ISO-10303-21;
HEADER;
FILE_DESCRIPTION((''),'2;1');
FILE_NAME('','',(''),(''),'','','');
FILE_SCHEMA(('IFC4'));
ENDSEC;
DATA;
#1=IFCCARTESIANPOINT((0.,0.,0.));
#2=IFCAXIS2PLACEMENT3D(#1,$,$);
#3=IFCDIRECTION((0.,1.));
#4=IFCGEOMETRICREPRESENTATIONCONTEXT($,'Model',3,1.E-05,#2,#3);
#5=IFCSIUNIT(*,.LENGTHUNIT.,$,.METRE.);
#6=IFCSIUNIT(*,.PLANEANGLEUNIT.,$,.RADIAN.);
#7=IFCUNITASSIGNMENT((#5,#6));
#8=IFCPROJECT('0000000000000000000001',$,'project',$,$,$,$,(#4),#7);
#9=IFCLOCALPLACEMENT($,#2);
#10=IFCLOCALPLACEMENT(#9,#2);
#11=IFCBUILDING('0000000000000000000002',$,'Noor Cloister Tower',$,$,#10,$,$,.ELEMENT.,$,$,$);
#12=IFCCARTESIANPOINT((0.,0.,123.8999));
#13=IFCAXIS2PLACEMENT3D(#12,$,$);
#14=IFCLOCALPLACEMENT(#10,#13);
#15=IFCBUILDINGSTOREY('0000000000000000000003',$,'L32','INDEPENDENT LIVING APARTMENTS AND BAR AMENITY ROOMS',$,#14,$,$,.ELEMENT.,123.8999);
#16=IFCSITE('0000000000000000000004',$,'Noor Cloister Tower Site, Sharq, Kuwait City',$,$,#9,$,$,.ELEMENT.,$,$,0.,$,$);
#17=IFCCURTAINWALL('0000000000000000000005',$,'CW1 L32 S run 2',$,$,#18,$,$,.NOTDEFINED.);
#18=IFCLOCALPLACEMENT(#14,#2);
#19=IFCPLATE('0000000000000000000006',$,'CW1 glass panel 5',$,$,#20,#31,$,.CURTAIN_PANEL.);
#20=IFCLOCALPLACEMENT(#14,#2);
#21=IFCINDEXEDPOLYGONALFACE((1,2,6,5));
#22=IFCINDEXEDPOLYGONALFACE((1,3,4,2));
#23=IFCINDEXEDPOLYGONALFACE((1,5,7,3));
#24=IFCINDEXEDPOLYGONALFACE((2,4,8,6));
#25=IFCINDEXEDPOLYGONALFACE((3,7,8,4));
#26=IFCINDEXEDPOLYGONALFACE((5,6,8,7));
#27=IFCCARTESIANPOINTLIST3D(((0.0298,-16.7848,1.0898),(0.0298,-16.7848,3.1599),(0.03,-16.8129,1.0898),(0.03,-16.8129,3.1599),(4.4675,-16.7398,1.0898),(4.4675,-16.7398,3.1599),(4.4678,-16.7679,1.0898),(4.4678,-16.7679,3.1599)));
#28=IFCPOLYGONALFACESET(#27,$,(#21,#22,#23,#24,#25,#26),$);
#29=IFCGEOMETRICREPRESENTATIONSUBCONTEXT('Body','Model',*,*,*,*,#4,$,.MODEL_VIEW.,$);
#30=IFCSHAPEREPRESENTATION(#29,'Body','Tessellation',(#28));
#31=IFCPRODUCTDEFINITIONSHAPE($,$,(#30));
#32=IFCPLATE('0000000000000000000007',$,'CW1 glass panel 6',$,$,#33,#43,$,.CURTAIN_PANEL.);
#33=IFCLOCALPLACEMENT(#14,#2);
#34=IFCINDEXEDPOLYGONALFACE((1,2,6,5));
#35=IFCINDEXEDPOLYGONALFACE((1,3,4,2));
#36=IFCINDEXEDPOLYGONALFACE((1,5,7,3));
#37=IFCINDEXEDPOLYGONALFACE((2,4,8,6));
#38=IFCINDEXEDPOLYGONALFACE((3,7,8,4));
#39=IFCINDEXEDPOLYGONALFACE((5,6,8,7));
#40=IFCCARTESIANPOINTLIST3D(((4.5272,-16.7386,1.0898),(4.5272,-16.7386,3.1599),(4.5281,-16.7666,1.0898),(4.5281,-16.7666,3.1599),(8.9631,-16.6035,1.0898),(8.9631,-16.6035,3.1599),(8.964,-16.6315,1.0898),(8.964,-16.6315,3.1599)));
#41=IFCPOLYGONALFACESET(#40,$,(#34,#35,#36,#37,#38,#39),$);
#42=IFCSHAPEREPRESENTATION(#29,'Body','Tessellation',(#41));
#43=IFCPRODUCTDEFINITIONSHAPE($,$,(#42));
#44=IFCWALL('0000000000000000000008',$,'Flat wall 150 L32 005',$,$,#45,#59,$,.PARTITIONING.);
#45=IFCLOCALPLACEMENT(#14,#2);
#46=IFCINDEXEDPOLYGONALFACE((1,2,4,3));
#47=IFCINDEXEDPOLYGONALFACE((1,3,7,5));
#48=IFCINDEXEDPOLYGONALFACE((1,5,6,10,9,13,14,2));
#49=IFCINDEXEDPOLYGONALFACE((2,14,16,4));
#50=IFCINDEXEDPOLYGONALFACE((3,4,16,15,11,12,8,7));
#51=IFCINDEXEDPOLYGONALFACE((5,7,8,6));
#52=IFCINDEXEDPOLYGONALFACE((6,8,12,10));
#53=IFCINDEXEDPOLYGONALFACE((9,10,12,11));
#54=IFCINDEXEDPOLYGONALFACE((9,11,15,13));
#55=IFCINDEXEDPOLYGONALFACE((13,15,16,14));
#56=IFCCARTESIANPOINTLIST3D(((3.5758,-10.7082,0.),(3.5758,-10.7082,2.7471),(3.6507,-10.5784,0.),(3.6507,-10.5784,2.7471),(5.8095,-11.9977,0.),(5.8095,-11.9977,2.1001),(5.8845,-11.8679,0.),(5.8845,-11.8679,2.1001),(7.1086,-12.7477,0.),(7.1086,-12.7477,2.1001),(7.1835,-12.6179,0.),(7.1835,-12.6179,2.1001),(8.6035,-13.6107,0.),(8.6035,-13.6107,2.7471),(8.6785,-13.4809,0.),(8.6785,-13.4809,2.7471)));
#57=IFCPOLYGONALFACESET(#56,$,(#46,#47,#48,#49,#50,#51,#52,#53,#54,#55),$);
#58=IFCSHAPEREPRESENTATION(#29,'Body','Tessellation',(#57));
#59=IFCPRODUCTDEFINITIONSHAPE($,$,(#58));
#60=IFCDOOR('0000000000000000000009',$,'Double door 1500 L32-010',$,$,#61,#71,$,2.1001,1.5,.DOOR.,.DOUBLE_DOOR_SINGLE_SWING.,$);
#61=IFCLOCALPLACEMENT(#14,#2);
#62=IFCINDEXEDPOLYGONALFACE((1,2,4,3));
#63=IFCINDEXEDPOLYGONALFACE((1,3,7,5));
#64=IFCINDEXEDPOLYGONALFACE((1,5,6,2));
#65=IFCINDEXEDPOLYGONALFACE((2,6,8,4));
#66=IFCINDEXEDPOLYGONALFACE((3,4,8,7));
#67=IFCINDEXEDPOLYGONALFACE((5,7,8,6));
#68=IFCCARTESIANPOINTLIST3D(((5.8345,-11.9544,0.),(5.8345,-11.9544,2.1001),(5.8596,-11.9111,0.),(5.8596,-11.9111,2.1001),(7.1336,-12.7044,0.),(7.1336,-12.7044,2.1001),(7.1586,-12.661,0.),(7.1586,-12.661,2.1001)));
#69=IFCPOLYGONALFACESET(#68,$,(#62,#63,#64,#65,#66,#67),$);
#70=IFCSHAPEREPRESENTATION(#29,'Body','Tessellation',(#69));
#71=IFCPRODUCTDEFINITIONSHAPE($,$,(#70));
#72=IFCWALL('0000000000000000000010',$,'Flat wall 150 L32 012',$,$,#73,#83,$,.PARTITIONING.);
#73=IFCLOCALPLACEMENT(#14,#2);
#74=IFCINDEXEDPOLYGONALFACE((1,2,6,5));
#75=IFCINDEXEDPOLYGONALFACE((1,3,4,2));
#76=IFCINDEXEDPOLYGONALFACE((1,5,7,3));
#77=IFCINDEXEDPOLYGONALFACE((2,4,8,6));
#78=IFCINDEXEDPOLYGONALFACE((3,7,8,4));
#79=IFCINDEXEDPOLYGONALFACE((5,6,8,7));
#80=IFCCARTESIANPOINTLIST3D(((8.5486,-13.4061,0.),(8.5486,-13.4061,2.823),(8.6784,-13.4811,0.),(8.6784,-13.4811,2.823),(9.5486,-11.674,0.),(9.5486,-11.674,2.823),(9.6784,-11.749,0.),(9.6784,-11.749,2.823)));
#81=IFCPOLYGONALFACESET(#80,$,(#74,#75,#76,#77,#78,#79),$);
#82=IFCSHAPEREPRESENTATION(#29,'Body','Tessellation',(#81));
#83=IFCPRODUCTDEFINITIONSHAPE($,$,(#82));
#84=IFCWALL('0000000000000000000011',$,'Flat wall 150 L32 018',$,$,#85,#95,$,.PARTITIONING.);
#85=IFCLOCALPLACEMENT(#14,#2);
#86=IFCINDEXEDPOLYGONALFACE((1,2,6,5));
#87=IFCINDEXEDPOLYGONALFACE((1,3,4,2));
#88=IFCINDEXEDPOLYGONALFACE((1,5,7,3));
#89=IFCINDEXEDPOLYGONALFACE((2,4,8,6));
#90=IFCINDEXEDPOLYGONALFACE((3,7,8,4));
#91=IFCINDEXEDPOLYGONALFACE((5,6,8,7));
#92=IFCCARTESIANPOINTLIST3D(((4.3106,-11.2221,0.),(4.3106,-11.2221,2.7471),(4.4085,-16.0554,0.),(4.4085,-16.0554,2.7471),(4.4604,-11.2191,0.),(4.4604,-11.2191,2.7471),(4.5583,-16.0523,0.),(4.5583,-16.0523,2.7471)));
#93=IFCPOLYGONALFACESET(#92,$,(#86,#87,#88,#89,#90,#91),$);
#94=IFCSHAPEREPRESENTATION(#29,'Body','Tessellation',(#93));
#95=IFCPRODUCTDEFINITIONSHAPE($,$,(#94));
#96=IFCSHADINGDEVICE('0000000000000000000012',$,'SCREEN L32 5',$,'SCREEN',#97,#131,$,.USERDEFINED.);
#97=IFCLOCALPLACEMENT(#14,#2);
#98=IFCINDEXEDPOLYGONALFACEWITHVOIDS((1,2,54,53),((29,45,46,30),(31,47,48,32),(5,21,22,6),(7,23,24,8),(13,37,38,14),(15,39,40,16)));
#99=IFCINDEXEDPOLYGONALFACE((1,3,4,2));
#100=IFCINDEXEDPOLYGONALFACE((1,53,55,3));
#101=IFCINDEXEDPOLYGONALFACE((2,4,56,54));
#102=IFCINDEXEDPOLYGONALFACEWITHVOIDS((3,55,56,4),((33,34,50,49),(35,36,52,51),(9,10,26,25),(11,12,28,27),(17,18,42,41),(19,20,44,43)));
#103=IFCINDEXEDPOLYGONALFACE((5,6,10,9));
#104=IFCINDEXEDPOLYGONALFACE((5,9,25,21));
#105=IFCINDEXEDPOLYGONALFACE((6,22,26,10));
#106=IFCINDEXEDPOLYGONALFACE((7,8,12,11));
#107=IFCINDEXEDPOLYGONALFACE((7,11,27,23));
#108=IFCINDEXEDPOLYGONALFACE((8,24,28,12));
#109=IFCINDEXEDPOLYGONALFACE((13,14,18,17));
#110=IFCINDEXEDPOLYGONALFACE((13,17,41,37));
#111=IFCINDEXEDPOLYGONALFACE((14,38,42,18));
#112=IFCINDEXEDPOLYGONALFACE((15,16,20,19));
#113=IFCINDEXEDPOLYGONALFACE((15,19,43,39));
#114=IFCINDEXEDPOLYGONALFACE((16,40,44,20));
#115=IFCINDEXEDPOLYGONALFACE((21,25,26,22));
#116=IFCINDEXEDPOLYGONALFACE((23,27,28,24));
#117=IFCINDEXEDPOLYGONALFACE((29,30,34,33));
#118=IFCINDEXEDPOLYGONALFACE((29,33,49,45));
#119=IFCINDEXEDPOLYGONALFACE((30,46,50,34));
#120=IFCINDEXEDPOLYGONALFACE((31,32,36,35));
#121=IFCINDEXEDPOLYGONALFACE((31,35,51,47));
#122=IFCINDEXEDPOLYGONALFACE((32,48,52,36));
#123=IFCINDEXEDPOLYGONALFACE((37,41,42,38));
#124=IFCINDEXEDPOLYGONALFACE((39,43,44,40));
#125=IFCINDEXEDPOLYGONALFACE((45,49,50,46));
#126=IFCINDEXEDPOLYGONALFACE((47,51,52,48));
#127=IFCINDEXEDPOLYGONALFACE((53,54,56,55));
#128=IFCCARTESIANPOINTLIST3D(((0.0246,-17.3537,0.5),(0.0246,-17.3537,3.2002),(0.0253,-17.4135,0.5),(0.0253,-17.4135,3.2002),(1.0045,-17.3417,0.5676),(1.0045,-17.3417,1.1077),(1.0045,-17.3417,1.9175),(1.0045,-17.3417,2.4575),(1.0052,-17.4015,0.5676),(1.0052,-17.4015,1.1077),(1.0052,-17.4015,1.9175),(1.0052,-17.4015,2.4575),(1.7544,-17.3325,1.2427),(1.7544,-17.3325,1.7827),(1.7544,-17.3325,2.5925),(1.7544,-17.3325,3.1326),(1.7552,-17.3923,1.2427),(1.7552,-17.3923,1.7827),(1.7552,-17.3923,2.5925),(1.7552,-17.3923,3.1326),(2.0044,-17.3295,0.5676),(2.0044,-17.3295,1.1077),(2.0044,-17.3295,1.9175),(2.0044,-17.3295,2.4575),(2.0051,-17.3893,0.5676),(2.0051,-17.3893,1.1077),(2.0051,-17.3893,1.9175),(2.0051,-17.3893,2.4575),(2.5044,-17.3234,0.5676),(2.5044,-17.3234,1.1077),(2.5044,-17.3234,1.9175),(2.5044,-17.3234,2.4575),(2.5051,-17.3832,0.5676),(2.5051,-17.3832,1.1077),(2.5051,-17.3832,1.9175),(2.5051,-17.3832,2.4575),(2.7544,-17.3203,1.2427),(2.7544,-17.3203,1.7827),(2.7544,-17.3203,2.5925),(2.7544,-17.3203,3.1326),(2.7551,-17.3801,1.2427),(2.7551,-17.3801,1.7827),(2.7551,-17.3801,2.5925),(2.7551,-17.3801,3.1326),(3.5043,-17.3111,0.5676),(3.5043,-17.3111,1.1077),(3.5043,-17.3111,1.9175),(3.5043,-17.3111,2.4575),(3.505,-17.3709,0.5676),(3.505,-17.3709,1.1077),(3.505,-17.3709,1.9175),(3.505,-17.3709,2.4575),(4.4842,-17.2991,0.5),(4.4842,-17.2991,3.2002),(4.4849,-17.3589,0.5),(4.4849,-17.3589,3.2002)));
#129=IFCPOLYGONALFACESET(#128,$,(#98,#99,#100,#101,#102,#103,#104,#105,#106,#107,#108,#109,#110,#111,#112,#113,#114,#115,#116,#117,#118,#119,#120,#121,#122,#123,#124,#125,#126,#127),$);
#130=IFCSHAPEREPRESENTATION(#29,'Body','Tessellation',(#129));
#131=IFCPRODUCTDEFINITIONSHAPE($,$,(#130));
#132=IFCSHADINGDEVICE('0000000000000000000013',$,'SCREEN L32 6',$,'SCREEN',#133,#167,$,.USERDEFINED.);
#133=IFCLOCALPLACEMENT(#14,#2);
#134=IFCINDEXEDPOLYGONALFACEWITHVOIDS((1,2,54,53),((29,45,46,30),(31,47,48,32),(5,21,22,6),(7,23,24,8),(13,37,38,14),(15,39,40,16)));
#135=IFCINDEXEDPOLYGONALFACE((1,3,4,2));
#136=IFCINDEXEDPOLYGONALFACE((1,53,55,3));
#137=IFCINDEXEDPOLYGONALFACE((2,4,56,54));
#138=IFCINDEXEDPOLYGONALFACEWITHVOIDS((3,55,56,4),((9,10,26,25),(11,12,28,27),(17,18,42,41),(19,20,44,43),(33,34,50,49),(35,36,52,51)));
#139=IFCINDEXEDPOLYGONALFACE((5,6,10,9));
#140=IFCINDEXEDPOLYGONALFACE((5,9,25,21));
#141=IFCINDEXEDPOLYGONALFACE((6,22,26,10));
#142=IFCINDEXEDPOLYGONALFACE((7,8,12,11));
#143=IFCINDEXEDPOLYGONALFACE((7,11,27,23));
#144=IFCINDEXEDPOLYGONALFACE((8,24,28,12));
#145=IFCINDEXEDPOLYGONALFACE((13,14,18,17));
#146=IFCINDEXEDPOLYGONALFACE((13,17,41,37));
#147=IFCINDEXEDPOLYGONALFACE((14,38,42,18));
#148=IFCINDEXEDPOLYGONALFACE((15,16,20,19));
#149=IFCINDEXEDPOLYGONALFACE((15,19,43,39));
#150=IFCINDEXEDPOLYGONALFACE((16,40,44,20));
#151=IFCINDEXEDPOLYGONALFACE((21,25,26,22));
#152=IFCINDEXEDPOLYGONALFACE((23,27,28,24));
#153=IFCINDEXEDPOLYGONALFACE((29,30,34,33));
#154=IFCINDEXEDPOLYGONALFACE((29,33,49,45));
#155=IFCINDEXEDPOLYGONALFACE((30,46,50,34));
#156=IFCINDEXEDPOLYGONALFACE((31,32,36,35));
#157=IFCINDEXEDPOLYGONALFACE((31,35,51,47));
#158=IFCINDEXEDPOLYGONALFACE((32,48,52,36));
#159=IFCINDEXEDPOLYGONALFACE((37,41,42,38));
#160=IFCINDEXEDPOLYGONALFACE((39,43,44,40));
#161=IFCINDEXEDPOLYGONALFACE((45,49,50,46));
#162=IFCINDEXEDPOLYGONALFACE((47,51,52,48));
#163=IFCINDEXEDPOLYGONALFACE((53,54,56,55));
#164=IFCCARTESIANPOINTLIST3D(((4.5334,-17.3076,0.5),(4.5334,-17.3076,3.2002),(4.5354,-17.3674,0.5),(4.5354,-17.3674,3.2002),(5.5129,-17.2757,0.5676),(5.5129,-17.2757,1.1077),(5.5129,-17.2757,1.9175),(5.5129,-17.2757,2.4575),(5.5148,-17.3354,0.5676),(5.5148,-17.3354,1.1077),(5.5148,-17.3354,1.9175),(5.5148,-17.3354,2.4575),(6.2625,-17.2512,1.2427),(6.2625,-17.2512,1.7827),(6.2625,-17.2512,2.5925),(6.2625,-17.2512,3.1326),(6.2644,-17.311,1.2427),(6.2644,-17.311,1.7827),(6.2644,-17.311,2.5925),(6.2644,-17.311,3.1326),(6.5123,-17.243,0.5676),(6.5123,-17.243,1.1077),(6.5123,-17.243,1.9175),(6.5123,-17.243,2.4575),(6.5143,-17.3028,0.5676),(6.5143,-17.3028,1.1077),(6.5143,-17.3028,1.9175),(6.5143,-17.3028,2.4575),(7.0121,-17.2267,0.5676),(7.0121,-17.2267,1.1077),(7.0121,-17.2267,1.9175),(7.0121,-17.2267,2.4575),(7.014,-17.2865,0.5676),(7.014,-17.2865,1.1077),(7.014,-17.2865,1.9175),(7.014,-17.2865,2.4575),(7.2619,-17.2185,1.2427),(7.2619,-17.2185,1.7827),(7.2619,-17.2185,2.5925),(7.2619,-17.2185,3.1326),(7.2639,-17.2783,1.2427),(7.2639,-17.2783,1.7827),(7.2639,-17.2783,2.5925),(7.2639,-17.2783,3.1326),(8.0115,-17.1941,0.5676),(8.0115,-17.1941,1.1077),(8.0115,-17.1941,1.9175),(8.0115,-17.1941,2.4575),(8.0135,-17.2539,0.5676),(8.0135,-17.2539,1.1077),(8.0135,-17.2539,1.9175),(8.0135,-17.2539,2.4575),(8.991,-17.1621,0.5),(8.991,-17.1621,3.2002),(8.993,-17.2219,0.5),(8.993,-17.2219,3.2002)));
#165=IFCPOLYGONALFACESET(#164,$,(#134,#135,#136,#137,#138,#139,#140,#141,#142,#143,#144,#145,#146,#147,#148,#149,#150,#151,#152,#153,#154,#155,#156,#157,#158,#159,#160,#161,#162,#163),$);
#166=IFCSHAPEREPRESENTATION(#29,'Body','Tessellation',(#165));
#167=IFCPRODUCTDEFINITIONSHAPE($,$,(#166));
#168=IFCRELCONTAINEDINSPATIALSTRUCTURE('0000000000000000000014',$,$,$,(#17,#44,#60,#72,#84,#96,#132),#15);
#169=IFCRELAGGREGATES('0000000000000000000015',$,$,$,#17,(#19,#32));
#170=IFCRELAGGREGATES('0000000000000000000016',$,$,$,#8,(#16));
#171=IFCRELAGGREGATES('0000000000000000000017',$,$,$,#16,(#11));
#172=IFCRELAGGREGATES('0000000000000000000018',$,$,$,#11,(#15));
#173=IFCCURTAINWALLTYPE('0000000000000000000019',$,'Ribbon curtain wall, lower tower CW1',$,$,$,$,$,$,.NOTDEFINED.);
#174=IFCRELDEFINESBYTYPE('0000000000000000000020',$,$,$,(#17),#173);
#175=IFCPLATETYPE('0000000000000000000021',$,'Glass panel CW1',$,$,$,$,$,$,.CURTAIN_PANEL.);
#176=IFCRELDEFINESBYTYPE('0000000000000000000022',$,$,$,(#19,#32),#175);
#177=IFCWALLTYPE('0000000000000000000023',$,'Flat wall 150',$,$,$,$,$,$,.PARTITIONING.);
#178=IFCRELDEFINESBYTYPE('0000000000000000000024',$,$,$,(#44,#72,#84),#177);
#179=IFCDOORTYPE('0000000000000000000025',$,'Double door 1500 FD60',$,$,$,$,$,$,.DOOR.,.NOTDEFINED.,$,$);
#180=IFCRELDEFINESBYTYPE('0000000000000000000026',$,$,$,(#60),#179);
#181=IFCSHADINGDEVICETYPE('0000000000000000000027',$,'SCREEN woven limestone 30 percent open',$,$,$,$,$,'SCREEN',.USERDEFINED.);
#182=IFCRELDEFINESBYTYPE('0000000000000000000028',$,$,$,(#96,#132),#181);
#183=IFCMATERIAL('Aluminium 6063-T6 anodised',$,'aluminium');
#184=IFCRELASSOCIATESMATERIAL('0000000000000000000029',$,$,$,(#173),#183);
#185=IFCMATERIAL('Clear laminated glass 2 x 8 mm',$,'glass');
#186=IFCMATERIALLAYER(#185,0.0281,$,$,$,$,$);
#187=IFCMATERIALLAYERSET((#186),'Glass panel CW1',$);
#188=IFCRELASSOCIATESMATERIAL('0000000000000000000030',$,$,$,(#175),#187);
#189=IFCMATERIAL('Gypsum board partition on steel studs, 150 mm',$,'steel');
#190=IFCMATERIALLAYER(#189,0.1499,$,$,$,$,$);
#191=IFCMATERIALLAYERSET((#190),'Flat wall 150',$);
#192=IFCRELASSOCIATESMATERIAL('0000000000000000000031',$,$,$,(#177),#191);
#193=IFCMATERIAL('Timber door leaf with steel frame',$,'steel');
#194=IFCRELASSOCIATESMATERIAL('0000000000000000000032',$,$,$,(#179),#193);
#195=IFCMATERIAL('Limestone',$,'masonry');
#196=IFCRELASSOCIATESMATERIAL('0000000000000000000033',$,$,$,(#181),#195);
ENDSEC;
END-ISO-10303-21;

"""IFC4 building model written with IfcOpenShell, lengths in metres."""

from ifc_helpers import new_model, si_unit, direction, frame, frame_2d, origin, origin_2d, place, context, subcontext, project, spatial, polyline, rectangle, outline, extrude, material, layer, layer_set, material_profile, profile_set, type_object, element, fill, aggregate, save


model = new_model("IFC4")

# Units and contexts
model_context = context("Model", 3, precision=1e-05, world=origin(), true_north=direction((0.0, 1.0)))
body_context = subcontext(model_context, "Body", "Model", "MODEL_VIEW")
ifc_project = project(units=[si_unit("LENGTHUNIT", "METRE"), si_unit("PLANEANGLEUNIT", "RADIAN")], contexts=[model_context])

# Site, building, storey
site_placement = place(None, origin())
site = spatial("IfcSite", under=ifc_project, at=site_placement, Name="Noor Cloister Tower Site, Sharq, Kuwait City", CompositionType="ELEMENT", RefElevation=0.0)
building_placement = place(site_placement, origin())
building = spatial("IfcBuilding", under=site, at=building_placement, Name="Noor Cloister Tower", CompositionType="ELEMENT")
storey_placement = place(building_placement, frame((0.0, 0.0, 123.8999)))
storey = spatial("IfcBuildingStorey", under=building, at=storey_placement, Name="L32", Description="INDEPENDENT LIVING APARTMENTS AND BAR AMENITY ROOMS", CompositionType="ELEMENT", Elevation=123.8999)

# Curtain wall
ifc_material_1 = material(Name="Aluminium 6063-T6 anodised", Category="aluminium")
curtain_wall_type = type_object("IfcCurtainWallType", Name="Ribbon curtain wall, lower tower CW1", PredefinedType="NOTDEFINED", material=ifc_material_1)
curtain_wall_placement = place(storey_placement, origin())
curtain_wall = element("IfcCurtainWall", 1, at=curtain_wall_placement, inside=storey, type_object=curtain_wall_type, Name="CW1 L32 S run 2", PredefinedType="NOTDEFINED")

# Plates
ifc_material_2 = material(Name="Clear laminated glass 2 x 8 mm", Category="glass")
ifc_layer_1 = layer(ifc_material_2, 0.0281)
ifc_layer_set_1 = layer_set([ifc_layer_1], Name="Glass panel CW1")
plate_type = type_object("IfcPlateType", Name="Glass panel CW1", PredefinedType="CURTAIN_PANEL", material=ifc_layer_set_1)
plate_1_placement = place(storey_placement, frame((2.2488, -16.7764, 1.0898), z_axis=(0.0, 0.0, 1.0), x_axis=(0.999949, 0.010147, 0.0)))
plate_1 = element("IfcPlate", 2, at=plate_1_placement, type_object=plate_type, Name="CW1 glass panel 5", PredefinedType="CURTAIN_PANEL", context=body_context, shape_type="SweptSolid", body=[
    extrude(rectangle(XDim=4.438, YDim=0.0281, at=origin_2d()), origin(), (0.0, 0.0, 1.0), 2.0701),
])
plate_2_placement = place(storey_placement, frame((6.7456, -16.6851, 1.0898), z_axis=(0.0, 0.0, 1.0), x_axis=(0.999537, 0.030438, 0.0)))
plate_2 = element("IfcPlate", 3, at=plate_2_placement, type_object=plate_type, Name="CW1 glass panel 6", PredefinedType="CURTAIN_PANEL", context=body_context, shape_type="SweptSolid", body=[
    extrude(rectangle(XDim=4.438, YDim=0.0281, at=origin_2d()), origin(), (0.0, 0.0, 1.0), 2.0701),
])
aggregate(curtain_wall, [plate_1, plate_2])

# Wall, opening, door
ifc_material_3 = material(Name="Gypsum board partition on steel studs, 150 mm", Category="steel")
ifc_layer_2 = layer(ifc_material_3, 0.1499)
ifc_layer_set_2 = layer_set([ifc_layer_2], Name="Flat wall 150")
wall_type = type_object("IfcWallType", Name="Flat wall 150", PredefinedType="PARTITIONING", material=ifc_layer_set_2)
wall_1_placement = place(storey_placement, frame((8.6411, -13.5459, 0.0), z_axis=(0.0, 0.0, 1.0), x_axis=(-0.866043, 0.49997, 0.0)))
wall_1 = element("IfcWall", 4, at=wall_1_placement, inside=storey, type_object=wall_type, Name="Flat wall 150 L32 005", PredefinedType="PARTITIONING", context=body_context, shape_type="SweptSolid", body=[
    extrude(rectangle(XDim=5.8054, YDim=0.1499, at=frame_2d((2.9028, 0.0))), origin(), (0.0, 0.0, 1.0), 2.7471),
])
opening_placement = place(wall_1_placement, frame((1.7263, 0.0, 0.0)))
opening = element("IfcOpeningElement", 5, at=opening_placement, cuts=wall_1, PredefinedType="OPENING", context=body_context, shape_type="SweptSolid", body=[
    extrude(rectangle(XDim=1.5, YDim=2.1001, at=frame_2d((0.75, 1.05))), frame((0.0, 0.085, 0.0), z_axis=(0.0, -1.0, 0.0), x_axis=(1.0, 0.0, 0.0)), (0.0, 0.0, 1.0), 0.1699),
])
ifc_material_4 = material(Name="Timber door leaf with steel frame", Category="steel")
door_type = type_object("IfcDoorType", Name="Double door 1500 FD60", OperationType="NOTDEFINED", PredefinedType="DOOR", material=ifc_material_4)
door_placement = place(opening_placement, origin())
door = element("IfcDoor", 6, at=door_placement, inside=storey, type_object=door_type, Name="Double door 1500 L32-010", OperationType="DOUBLE_DOOR_SINGLE_SWING", OverallHeight=2.1001, OverallWidth=1.5, PredefinedType="DOOR", context=body_context, shape_type="SweptSolid", body=[
    extrude(rectangle(XDim=1.5, YDim=2.1001, at=frame_2d((0.75, 1.05))), frame((0.0, 0.0249, 0.0), z_axis=(0.0, -1.0, 0.0), x_axis=(1.0, 0.0, 0.0)), (0.0, 0.0, 1.0), 0.05),
])
fill(opening, door)

# Walls
wall_2_placement = place(storey_placement, frame((8.6135, -13.4436, 0.0), z_axis=(0.0, 0.0, 1.0), x_axis=(0.499973, 0.866041, 0.0)))
element("IfcWall", 7, at=wall_2_placement, inside=storey, type_object=wall_type, Name="Flat wall 150 L32 012", PredefinedType="PARTITIONING", context=body_context, shape_type="SweptSolid", body=[
    extrude(rectangle(XDim=2.0, YDim=0.1499, at=frame_2d((1.0, 0.0))), origin(), (0.0, 0.0, 1.0), 2.823),
])
wall_3_placement = place(storey_placement, frame((4.4834, -16.0537, 0.0), z_axis=(0.0, 0.0, 1.0), x_axis=(-0.020251, 0.999795, 0.0)))
element("IfcWall", 8, at=wall_3_placement, inside=storey, type_object=wall_type, Name="Flat wall 150 L32 018", PredefinedType="PARTITIONING", context=body_context, shape_type="SweptSolid", body=[
    extrude(rectangle(XDim=4.8342, YDim=0.1499, at=frame_2d((2.417, 0.0))), origin(), (0.0, 0.0, 1.0), 2.7471),
])

# Shading devices
ifc_material_5 = material(Name="Limestone", Category="masonry")
ifc_material_profile_1 = material_profile(ifc_material_5, outline(polyline([(-2.23, -1.3501), (2.23, -1.3501), (2.23, 1.3501), (-2.23, 1.3501), (-2.23, -1.3501)]), holes=[polyline([(-1.25, -1.2825), (-0.25, -1.2825), (-0.25, -0.7424), (-1.25, -0.7424), (-1.25, -1.2825)]), polyline([(0.25, -1.2825), (1.25, -1.2825), (1.25, -0.7424), (0.25, -0.7424), (0.25, -1.2825)]), polyline([(-0.5, -0.6074), (0.5, -0.6074), (0.5, -0.0674), (-0.5, -0.0674), (-0.5, -0.6074)]), polyline([(-1.25, 0.0674), (-0.25, 0.0674), (-0.25, 0.6074), (-1.25, 0.6074), (-1.25, 0.0674)]), polyline([(0.25, 0.0674), (1.25, 0.0674), (1.25, 0.6074), (0.25, 0.6074), (0.25, 0.0674)]), polyline([(-0.5, 0.7424), (0.5, 0.7424), (0.5, 1.2825), (-0.5, 1.2825), (-0.5, 0.7424)])]), Name="Woven screen 30 percent open")
ifc_profile_set_1 = profile_set([ifc_material_profile_1], Name="Limestone")
shading_device_type = type_object("IfcShadingDeviceType", Name="SCREEN woven limestone 30 percent open", ElementType="SCREEN", PredefinedType="USERDEFINED", material=ifc_profile_set_1)
for number, where, z_axis, x_axis, name in (
    (9, (2.2544, -17.3264, 1.8501), (0.012244, -0.999925, 0.0), (0.999925, 0.012244, 0.0), "SCREEN L32 5"),
    (10, (6.7622, -17.2349, 1.8501), (0.032636, -0.999467, 0.0), (0.999467, 0.032636, 0.0), "SCREEN L32 6"),
):
    element("IfcShadingDevice", number, at=place(storey_placement, frame(where, z_axis=z_axis, x_axis=x_axis)), inside=storey, type_object=shading_device_type, Name=name, ObjectType="SCREEN", PredefinedType="USERDEFINED", context=body_context, shape_type="SweptSolid", body=[
        extrude(outline(polyline([(-2.23, -1.3501), (2.23, -1.3501), (2.23, 1.3501), (-2.23, 1.3501), (-2.23, -1.3501)]), holes=[polyline([(-1.25, -1.2825), (-0.25, -1.2825), (-0.25, -0.7424), (-1.25, -0.7424), (-1.25, -1.2825)]), polyline([(0.25, -1.2825), (1.25, -1.2825), (1.25, -0.7424), (0.25, -0.7424), (0.25, -1.2825)]), polyline([(-0.5, -0.6074), (0.5, -0.6074), (0.5, -0.0674), (-0.5, -0.0674), (-0.5, -0.6074)]), polyline([(-1.25, 0.0674), (-0.25, 0.0674), (-0.25, 0.6074), (-1.25, 0.6074), (-1.25, 0.0674)]), polyline([(0.25, 0.0674), (1.25, 0.0674), (1.25, 0.6074), (0.25, 0.6074), (0.25, 0.0674)]), polyline([(-0.5, 0.7424), (0.5, 0.7424), (0.5, 1.2825), (-0.5, 1.2825), (-0.5, 0.7424)])]), origin(), (0.0, 0.0, 1.0), 0.0598),
    ])

save(model, "model.ifc")
